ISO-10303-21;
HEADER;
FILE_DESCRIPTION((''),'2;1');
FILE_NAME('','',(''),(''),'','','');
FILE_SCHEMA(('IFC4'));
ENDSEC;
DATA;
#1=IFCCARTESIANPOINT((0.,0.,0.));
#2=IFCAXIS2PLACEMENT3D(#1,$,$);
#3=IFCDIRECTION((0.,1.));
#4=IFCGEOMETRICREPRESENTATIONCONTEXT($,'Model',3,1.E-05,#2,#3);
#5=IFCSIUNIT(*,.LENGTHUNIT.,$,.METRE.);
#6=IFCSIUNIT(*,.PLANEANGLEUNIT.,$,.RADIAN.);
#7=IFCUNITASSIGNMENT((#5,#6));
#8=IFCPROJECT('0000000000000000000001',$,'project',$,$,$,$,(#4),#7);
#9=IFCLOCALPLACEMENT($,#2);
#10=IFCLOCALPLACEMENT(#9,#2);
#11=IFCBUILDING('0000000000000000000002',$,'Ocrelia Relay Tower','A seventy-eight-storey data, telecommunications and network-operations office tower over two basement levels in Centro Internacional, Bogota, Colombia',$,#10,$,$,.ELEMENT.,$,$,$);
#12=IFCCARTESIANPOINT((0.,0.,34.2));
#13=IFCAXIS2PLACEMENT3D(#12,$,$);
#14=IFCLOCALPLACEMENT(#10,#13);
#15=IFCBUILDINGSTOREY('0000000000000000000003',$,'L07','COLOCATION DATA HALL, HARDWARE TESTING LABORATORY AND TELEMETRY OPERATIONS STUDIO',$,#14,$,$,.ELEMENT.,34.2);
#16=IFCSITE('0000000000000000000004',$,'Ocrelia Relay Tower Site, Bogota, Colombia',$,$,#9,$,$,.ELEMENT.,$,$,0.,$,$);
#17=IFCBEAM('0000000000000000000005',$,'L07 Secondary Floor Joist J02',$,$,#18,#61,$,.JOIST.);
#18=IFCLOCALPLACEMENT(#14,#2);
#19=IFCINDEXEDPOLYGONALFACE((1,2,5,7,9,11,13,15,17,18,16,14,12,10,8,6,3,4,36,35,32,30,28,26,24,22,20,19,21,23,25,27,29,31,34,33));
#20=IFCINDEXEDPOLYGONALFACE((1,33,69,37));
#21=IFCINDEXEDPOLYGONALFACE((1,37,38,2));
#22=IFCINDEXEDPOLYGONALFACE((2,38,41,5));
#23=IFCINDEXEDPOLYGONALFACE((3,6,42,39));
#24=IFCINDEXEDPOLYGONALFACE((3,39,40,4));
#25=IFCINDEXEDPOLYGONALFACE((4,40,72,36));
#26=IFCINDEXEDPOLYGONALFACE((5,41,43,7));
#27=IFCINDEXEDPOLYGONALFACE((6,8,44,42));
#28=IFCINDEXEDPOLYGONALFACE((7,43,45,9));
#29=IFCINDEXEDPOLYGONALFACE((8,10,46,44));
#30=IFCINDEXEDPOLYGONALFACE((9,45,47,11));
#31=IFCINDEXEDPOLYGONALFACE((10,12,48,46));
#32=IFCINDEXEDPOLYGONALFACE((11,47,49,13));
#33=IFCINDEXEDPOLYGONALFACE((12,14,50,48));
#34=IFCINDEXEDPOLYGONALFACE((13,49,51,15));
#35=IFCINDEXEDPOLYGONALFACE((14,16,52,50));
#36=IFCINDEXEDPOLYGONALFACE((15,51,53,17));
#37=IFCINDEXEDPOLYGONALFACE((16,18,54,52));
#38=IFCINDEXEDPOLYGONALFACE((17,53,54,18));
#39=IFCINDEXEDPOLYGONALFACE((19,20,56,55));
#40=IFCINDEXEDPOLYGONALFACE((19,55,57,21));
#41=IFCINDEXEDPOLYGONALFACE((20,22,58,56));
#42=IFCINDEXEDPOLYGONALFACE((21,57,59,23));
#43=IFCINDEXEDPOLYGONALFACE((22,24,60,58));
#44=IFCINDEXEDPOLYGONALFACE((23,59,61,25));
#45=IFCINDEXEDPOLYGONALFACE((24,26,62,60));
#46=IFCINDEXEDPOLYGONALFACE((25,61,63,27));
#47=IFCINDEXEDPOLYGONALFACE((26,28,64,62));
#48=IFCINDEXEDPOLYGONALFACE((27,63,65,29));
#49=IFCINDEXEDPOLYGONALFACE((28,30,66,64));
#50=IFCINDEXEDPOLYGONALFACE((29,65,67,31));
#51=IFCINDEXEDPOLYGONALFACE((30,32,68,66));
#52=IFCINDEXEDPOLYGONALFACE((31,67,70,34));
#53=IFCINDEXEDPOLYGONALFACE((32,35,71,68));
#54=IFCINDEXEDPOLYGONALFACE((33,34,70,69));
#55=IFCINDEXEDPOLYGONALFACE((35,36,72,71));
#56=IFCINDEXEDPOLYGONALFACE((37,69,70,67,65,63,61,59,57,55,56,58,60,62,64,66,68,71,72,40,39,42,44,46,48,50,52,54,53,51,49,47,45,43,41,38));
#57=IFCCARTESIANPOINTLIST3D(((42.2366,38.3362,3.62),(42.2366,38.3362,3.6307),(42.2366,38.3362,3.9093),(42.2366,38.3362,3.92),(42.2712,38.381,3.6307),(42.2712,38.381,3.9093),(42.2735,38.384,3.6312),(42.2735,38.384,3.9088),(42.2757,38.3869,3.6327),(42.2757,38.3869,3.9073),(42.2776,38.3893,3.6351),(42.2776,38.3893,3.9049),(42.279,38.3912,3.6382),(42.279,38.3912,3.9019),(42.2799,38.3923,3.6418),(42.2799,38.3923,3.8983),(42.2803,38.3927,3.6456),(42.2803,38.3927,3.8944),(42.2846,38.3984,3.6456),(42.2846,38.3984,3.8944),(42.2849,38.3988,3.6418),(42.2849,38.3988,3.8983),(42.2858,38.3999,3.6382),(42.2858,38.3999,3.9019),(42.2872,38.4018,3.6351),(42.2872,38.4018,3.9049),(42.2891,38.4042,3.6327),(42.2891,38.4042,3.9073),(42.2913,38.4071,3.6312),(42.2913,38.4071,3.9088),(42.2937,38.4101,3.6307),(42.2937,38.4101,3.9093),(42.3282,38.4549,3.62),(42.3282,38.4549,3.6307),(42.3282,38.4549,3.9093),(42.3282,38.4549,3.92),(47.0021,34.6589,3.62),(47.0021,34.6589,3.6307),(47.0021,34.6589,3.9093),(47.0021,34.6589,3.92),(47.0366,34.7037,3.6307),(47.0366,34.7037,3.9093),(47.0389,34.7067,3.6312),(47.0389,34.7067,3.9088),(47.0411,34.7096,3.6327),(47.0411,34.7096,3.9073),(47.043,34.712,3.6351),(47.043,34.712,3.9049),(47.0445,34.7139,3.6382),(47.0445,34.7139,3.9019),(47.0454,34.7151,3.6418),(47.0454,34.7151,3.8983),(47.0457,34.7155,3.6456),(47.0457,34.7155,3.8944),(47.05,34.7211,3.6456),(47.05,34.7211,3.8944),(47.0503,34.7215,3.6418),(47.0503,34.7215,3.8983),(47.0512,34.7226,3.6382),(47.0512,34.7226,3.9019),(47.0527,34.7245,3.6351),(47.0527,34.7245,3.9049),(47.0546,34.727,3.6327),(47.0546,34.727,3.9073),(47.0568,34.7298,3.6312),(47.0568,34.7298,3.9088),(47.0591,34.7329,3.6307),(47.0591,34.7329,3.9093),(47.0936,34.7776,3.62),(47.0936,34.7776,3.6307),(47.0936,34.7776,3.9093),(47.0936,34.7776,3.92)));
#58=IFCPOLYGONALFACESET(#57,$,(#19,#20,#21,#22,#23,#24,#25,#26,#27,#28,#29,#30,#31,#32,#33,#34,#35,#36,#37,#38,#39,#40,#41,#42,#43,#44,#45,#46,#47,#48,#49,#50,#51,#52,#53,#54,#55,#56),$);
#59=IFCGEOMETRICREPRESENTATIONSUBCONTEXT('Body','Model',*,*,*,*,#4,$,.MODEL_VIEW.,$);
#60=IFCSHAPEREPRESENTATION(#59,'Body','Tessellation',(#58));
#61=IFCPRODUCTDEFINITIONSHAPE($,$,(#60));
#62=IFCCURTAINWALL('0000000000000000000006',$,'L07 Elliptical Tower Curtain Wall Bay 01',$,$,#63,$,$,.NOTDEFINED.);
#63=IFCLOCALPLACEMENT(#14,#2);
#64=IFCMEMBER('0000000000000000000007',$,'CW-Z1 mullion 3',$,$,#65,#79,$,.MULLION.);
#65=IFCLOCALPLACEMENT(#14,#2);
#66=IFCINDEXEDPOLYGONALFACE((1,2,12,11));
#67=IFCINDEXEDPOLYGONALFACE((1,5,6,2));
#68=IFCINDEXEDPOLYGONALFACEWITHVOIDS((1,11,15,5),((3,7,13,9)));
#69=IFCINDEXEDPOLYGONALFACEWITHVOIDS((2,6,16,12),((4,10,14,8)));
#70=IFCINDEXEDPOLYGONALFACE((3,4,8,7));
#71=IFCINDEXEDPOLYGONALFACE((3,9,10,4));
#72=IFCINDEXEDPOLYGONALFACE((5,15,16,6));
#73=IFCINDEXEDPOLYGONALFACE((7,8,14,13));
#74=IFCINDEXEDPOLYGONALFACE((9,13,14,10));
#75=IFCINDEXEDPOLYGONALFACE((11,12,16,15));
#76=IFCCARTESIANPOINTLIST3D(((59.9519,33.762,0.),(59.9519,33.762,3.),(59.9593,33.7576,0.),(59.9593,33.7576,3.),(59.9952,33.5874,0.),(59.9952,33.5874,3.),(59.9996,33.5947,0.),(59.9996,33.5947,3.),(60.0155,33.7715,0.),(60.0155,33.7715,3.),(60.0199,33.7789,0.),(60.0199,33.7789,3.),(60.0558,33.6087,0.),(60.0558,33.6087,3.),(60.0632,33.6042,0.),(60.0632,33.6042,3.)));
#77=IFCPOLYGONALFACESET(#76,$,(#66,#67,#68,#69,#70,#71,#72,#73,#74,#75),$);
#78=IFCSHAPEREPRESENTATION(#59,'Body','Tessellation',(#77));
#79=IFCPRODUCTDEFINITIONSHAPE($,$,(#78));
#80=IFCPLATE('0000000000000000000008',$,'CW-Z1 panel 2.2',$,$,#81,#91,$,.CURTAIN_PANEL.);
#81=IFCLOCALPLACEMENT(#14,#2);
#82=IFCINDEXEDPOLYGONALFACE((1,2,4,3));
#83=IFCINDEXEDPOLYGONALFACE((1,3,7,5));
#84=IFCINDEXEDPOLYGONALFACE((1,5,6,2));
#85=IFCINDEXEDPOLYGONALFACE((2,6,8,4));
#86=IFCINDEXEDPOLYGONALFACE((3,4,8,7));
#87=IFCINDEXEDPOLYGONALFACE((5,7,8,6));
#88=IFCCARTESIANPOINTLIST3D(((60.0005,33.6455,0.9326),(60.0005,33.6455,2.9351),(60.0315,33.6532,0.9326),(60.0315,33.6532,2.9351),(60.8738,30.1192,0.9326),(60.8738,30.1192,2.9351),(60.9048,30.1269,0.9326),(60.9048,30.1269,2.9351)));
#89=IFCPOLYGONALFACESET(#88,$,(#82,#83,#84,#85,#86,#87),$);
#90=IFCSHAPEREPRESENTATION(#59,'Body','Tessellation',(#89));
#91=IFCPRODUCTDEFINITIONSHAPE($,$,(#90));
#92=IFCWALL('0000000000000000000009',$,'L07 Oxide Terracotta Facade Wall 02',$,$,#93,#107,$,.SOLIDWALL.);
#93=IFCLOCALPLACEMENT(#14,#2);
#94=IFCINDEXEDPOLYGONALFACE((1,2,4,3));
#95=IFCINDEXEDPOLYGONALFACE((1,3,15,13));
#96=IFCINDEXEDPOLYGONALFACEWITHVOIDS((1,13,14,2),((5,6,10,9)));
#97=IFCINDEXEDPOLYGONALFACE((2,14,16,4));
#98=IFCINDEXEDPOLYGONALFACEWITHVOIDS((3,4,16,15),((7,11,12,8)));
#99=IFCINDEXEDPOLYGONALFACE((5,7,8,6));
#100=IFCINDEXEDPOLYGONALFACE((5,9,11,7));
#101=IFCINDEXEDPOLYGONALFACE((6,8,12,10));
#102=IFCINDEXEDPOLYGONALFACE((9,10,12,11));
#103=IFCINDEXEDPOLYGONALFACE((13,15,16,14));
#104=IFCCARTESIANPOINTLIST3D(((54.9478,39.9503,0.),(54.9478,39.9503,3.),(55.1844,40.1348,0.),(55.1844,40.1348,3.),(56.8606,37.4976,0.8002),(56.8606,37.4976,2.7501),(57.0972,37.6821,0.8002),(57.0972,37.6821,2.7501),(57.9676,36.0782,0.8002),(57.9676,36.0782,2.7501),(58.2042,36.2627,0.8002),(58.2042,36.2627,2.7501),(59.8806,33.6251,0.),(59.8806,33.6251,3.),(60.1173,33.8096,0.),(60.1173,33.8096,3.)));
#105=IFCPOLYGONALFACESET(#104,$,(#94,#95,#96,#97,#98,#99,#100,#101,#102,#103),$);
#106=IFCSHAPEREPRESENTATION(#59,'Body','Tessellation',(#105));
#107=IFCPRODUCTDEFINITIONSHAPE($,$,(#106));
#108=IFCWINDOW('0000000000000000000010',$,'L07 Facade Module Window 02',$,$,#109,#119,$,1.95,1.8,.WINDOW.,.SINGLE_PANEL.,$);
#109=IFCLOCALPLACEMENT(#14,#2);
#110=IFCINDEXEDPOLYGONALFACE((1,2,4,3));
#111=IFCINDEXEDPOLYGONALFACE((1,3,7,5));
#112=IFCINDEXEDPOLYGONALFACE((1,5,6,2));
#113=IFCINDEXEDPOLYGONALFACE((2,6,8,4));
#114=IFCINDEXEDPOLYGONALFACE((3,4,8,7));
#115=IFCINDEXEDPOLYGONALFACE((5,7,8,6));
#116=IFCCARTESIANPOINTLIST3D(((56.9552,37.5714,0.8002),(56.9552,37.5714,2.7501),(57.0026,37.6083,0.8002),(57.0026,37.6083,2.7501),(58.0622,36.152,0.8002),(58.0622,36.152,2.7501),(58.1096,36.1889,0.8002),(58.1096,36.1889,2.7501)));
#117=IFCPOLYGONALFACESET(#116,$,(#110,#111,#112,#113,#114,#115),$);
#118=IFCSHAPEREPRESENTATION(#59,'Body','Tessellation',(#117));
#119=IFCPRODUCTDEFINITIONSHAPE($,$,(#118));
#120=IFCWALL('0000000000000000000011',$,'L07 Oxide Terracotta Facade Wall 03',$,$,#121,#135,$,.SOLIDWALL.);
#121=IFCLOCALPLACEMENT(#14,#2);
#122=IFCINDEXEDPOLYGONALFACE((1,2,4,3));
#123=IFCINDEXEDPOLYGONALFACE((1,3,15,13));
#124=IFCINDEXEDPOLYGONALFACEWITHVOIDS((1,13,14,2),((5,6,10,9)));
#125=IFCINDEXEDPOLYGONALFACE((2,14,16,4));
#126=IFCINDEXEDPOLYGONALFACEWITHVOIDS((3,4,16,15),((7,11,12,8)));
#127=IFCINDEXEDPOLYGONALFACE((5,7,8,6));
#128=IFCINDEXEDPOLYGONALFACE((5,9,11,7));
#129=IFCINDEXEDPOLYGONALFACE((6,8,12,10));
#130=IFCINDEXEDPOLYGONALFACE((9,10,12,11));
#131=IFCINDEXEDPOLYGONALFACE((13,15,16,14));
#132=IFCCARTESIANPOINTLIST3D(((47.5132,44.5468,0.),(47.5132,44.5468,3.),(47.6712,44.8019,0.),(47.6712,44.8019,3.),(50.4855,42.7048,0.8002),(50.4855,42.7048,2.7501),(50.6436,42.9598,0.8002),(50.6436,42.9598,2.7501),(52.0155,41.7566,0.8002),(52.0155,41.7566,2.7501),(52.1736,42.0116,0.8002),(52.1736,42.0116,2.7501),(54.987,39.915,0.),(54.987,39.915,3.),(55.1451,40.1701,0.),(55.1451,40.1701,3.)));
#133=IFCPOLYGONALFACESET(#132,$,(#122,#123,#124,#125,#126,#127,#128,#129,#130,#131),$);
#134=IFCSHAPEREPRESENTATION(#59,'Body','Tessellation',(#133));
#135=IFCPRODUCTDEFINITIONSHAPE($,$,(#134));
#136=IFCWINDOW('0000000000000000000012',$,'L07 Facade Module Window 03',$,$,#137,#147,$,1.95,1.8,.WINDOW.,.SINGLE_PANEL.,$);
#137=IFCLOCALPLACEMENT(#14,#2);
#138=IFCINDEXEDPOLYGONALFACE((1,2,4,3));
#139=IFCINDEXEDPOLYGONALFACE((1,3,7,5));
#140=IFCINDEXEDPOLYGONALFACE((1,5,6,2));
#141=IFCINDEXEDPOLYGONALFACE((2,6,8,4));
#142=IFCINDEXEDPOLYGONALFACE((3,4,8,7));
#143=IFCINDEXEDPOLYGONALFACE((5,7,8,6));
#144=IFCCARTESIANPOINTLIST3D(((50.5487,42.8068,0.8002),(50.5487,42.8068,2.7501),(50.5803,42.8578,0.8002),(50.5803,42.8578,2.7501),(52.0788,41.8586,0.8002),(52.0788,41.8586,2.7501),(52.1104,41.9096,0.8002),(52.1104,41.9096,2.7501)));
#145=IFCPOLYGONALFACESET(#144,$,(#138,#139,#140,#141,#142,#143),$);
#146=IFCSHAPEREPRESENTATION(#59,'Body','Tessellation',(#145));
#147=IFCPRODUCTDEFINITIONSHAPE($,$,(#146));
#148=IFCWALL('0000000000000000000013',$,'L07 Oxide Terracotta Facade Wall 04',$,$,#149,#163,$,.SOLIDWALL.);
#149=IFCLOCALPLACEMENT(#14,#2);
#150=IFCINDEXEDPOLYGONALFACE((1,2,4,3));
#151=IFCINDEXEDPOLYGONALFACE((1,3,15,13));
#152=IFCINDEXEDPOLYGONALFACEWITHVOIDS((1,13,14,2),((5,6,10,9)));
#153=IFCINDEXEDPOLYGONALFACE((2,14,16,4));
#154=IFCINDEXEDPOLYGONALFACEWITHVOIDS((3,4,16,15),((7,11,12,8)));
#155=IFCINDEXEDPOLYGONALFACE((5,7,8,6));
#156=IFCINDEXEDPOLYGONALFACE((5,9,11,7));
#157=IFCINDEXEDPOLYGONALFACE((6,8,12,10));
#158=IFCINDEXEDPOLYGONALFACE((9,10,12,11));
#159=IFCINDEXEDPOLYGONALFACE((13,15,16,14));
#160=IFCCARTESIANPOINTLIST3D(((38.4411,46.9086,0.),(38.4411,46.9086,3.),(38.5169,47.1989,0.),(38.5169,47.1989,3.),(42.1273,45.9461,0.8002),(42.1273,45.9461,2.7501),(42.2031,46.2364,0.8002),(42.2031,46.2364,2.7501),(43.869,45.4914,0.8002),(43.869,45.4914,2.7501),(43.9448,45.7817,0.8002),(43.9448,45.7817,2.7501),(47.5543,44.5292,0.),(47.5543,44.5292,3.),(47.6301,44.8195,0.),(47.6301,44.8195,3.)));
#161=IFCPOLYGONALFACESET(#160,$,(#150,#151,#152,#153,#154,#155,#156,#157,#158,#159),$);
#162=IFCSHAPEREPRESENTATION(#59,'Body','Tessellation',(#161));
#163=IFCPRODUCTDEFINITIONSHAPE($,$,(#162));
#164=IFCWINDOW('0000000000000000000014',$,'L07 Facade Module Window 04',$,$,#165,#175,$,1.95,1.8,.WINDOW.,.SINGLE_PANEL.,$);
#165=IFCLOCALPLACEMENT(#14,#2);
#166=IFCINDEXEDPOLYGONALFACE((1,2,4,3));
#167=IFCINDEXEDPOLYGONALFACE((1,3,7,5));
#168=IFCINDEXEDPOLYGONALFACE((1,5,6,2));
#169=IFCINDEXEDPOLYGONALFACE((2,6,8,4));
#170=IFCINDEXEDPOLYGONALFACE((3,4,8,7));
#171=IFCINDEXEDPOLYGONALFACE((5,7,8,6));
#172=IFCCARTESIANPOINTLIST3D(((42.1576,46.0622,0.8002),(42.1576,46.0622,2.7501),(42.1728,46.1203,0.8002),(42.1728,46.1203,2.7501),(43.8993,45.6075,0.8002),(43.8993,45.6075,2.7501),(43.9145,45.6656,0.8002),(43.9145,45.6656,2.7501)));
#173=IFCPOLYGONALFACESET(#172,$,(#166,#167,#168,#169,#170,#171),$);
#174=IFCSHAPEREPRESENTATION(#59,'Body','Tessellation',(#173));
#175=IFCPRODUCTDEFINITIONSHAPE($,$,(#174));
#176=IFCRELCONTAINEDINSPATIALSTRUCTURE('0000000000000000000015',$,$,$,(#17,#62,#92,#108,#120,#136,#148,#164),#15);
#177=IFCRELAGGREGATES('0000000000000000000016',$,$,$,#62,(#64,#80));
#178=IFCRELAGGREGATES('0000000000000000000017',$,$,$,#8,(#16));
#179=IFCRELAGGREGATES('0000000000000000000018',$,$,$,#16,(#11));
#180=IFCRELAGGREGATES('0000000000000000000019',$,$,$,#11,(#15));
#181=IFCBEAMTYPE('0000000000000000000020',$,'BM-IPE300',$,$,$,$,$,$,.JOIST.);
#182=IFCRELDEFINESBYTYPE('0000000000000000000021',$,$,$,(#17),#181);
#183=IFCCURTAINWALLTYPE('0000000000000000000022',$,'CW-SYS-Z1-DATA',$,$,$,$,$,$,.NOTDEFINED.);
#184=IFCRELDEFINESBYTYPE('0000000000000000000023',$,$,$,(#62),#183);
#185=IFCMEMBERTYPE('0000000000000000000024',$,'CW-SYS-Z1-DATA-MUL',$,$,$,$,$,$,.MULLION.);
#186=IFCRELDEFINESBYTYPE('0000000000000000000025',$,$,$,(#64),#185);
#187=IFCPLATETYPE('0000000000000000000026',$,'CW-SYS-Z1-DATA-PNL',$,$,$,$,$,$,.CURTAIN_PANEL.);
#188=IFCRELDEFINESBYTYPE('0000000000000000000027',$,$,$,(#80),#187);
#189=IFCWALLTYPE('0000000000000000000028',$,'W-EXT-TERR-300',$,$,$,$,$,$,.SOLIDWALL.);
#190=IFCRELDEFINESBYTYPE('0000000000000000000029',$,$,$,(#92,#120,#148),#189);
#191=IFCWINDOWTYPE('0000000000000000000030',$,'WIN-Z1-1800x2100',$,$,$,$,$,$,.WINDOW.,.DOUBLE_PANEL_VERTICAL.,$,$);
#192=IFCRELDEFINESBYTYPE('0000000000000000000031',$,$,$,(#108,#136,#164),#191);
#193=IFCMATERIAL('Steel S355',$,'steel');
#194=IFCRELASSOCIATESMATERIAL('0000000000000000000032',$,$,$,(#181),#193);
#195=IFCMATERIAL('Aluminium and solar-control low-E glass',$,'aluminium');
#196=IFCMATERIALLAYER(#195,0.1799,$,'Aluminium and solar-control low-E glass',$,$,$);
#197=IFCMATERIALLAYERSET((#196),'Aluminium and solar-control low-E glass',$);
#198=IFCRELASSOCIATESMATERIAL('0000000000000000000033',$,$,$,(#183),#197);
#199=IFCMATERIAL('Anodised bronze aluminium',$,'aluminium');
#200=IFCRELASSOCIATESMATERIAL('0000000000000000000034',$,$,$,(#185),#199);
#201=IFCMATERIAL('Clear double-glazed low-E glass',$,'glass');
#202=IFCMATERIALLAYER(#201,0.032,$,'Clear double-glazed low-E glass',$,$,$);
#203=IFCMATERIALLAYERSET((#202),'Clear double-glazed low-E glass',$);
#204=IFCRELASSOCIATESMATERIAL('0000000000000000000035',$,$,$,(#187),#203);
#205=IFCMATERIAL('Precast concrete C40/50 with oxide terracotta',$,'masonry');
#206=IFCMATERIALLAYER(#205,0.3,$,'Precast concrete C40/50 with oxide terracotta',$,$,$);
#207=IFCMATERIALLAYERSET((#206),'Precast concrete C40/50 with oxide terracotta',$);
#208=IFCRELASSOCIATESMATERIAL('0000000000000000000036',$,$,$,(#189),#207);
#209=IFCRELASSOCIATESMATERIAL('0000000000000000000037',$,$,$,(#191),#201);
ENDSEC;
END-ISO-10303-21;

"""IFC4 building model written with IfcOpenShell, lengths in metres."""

from ifc_helpers import new_model, si_unit, direction, frame, frame_2d, origin, origin_2d, place, context, subcontext, project, spatial, rectangle, hollow_rectangle, i_section, extrude, material, layer, layer_set, material_profile, profile_set, type_object, element, fill, aggregate, save


model = new_model("IFC4")

# Units and contexts
model_context = context("Model", 3, precision=1e-05, world=origin(), true_north=direction((0.0, 1.0)))
body_context = subcontext(model_context, "Body", "Model", "MODEL_VIEW")
ifc_project = project(units=[si_unit("LENGTHUNIT", "METRE"), si_unit("PLANEANGLEUNIT", "RADIAN")], contexts=[model_context])

# Site, building, storey
site_placement = place(None, origin())
site = spatial("IfcSite", under=ifc_project, at=site_placement, Name="Ocrelia Relay Tower Site, Bogota, Colombia", CompositionType="ELEMENT", RefElevation=0.0)
building_placement = place(site_placement, origin())
building = spatial("IfcBuilding", under=site, at=building_placement, Name="Ocrelia Relay Tower", Description="A seventy-eight-storey data, telecommunications and network-operations office tower over two basement levels in Centro Internacional, Bogota, Colombia", CompositionType="ELEMENT")
storey_placement = place(building_placement, frame((0.0, 0.0, 34.2)))
storey = spatial("IfcBuildingStorey", under=building, at=storey_placement, Name="L07", Description="COLOCATION DATA HALL, HARDWARE TESTING LABORATORY AND TELEMETRY OPERATIONS STUDIO", CompositionType="ELEMENT", Elevation=34.2)

# Beam
ifc_material_1 = material(Name="Steel S355", Category="steel")
ifc_material_profile_1 = material_profile(ifc_material_1, i_section(OverallWidth=0.1499, OverallDepth=0.3, WebThickness=0.0071, FlangeThickness=0.0107, FilletRadius=0.0149, at=origin_2d()), Name="IPE 300")
ifc_profile_set_1 = profile_set([ifc_material_profile_1], Name="Steel S355")
beam_type_1 = type_object("IfcBeamType", Name="BM-IPE300", PredefinedType="JOIST", material=ifc_profile_set_1)
beam_1_placement = place(storey_placement, frame((47.0479, 34.7183, 3.77), z_axis=(-0.791694, 0.610918, 0.0), x_axis=(-0.610918, -0.791694, 0.0)))
element("IfcBeam", 1, at=beam_1_placement, inside=storey, type_object=beam_type_1, Name="L07 Secondary Floor Joist J02", PredefinedType="JOIST", context=body_context, shape_type="SweptSolid", body=[
    extrude(i_section(OverallWidth=0.1499, OverallDepth=0.3, WebThickness=0.0071, FlangeThickness=0.0107, FilletRadius=0.0149, at=origin_2d()), origin(), (0.0, 0.0, 1.0), 6.0193),
])

# Curtain wall, member, plate
ifc_material_2 = material(Name="Aluminium and solar-control low-E glass", Category="aluminium")
ifc_layer_1 = layer(ifc_material_2, 0.1799, Name="Aluminium and solar-control low-E glass")
ifc_layer_set_1 = layer_set([ifc_layer_1], Name="Aluminium and solar-control low-E glass")
curtain_wall_type = type_object("IfcCurtainWallType", Name="CW-SYS-Z1-DATA", PredefinedType="NOTDEFINED", material=ifc_layer_set_1)
curtain_wall_placement = place(storey_placement, origin())
curtain_wall = element("IfcCurtainWall", 2, at=curtain_wall_placement, inside=storey, type_object=curtain_wall_type, Name="L07 Elliptical Tower Curtain Wall Bay 01", PredefinedType="NOTDEFINED")
ifc_material_3 = material(Name="Anodised bronze aluminium", Category="aluminium")
ifc_material_profile_2 = material_profile(ifc_material_3, hollow_rectangle(XDim=0.0701, YDim=0.1799, WallThickness=0.0061, at=origin_2d()), Name="CW-MUL-180x70")
ifc_profile_set_2 = profile_set([ifc_material_profile_2], Name="Anodised bronze aluminium")
member_type = type_object("IfcMemberType", Name="CW-SYS-Z1-DATA-MUL", PredefinedType="MULLION", material=ifc_profile_set_2)
member_placement = place(storey_placement, frame((60.0076, 33.6831, 0.0), z_axis=(0.0, 0.0, 1.0), x_axis=(-0.970674, -0.240398, 0.0)))
member = element("IfcMember", 3, at=member_placement, type_object=member_type, Name="CW-Z1 mullion 3", PredefinedType="MULLION", context=body_context, shape_type="SweptSolid", body=[
    extrude(hollow_rectangle(XDim=0.0701, YDim=0.1799, WallThickness=0.0061, at=origin_2d()), origin(), (0.0, 0.0, 1.0), 3.0),
])
ifc_material_4 = material(Name="Clear double-glazed low-E glass", Category="glass")
ifc_layer_2 = layer(ifc_material_4, 0.032, Name="Clear double-glazed low-E glass")
ifc_layer_set_2 = layer_set([ifc_layer_2], Name="Clear double-glazed low-E glass")
plate_type = type_object("IfcPlateType", Name="CW-SYS-Z1-DATA-PNL", PredefinedType="CURTAIN_PANEL", material=ifc_layer_set_2)
plate_placement = place(storey_placement, frame((60.4526, 31.8862, 0.9326), z_axis=(0.0, 0.0, 1.0), x_axis=(-0.240398, 0.970674, 0.0)))
plate = element("IfcPlate", 4, at=plate_placement, type_object=plate_type, Name="CW-Z1 panel 2.2", PredefinedType="CURTAIN_PANEL", context=body_context, shape_type="SweptSolid", body=[
    extrude(rectangle(XDim=3.6328, YDim=0.032, at=origin_2d()), origin(), (0.0, 0.0, 1.0), 2.0024),
])
aggregate(curtain_wall, [member, plate])

# Walls, openings, windows
ifc_material_5 = material(Name="Precast concrete C40/50 with oxide terracotta", Category="masonry")
ifc_layer_3 = layer(ifc_material_5, 0.3, Name="Precast concrete C40/50 with oxide terracotta")
ifc_layer_set_3 = layer_set([ifc_layer_3], Name="Precast concrete C40/50 with oxide terracotta")
wall_type = type_object("IfcWallType", Name="W-EXT-TERR-300", PredefinedType="SOLIDWALL", material=ifc_layer_set_3)
wall_1_placement = place(storey_placement, frame((59.999, 33.7173, 0.0), z_axis=(0.0, 0.0, 1.0), x_axis=(-0.61497, 0.78855, 0.0)))
wall_1 = element("IfcWall", 5, at=wall_1_placement, inside=storey, type_object=wall_type, Name="L07 Oxide Terracotta Facade Wall 02", PredefinedType="SOLIDWALL", context=body_context, shape_type="SweptSolid", body=[
    extrude(rectangle(XDim=8.0212, YDim=0.3, at=frame_2d((4.0107, 0.0))), origin(), (0.0, 0.0, 1.0), 3.0),
])
opening_1_placement = place(wall_1_placement, frame((3.1111, 0.0, 0.8)))
opening_1 = element("IfcOpeningElement", 6, at=opening_1_placement, cuts=wall_1, PredefinedType="OPENING", context=body_context, shape_type="SweptSolid", body=[
    extrude(rectangle(XDim=1.8, YDim=1.95, at=frame_2d((0.8999, 0.9751))), frame((0.0, 0.1602, 0.0), z_axis=(0.0, -1.0, 0.0), x_axis=(1.0, 0.0, 0.0)), (0.0, 0.0, 1.0), 0.3201),
])
window_type = type_object("IfcWindowType", Name="WIN-Z1-1800x2100", PartitioningType="DOUBLE_PANEL_VERTICAL", PredefinedType="WINDOW", material=ifc_material_4)
window_1_placement = place(opening_1_placement, origin())
window_1 = element("IfcWindow", 7, at=window_1_placement, inside=storey, type_object=window_type, Name="L07 Facade Module Window 02", OverallHeight=1.95, OverallWidth=1.8, PartitioningType="SINGLE_PANEL", PredefinedType="WINDOW", context=body_context, shape_type="SweptSolid", body=[
    extrude(rectangle(XDim=1.8, YDim=1.95, at=frame_2d((0.8999, 0.9751))), frame((0.0, 0.03, 0.0), z_axis=(0.0, -1.0, 0.0), x_axis=(1.0, 0.0, 0.0)), (0.0, 0.0, 1.0), 0.0601),
])
fill(opening_1, window_1)
wall_2_placement = place(storey_placement, frame((55.0662, 40.0425, 0.0), z_axis=(0.0, 0.0, 1.0), x_axis=(-0.850003, 0.526778, 0.0)))
wall_2 = element("IfcWall", 8, at=wall_2_placement, inside=storey, type_object=wall_type, Name="L07 Oxide Terracotta Facade Wall 03", PredefinedType="SOLIDWALL", context=body_context, shape_type="SweptSolid", body=[
    extrude(rectangle(XDim=8.7927, YDim=0.3, at=frame_2d((4.3965, 0.0))), origin(), (0.0, 0.0, 1.0), 3.0),
])
opening_2_placement = place(wall_2_placement, frame((3.4961, 0.0, 0.8)))
opening_2 = element("IfcOpeningElement", 9, at=opening_2_placement, cuts=wall_2, PredefinedType="OPENING", context=body_context, shape_type="SweptSolid", body=[
    extrude(rectangle(XDim=1.8, YDim=1.95, at=frame_2d((0.8999, 0.9751))), frame((0.0, 0.1602, 0.0), z_axis=(0.0, -1.0, 0.0), x_axis=(1.0, 0.0, 0.0)), (0.0, 0.0, 1.0), 0.3201),
])
window_2_placement = place(opening_2_placement, origin())
window_2 = element("IfcWindow", 10, at=window_2_placement, inside=storey, type_object=window_type, Name="L07 Facade Module Window 03", OverallHeight=1.95, OverallWidth=1.8, PartitioningType="SINGLE_PANEL", PredefinedType="WINDOW", context=body_context, shape_type="SweptSolid", body=[
    extrude(rectangle(XDim=1.8, YDim=1.95, at=frame_2d((0.8999, 0.9751))), frame((0.0, 0.03, 0.0), z_axis=(0.0, -1.0, 0.0), x_axis=(1.0, 0.0, 0.0)), (0.0, 0.0, 1.0), 0.0601),
])
fill(opening_2, window_2)
wall_3_placement = place(storey_placement, frame((47.5923, 44.6743, 0.0), z_axis=(0.0, 0.0, 1.0), x_axis=(-0.967565, 0.252622, 0.0)))
wall_3 = element("IfcWall", 11, at=wall_3_placement, inside=storey, type_object=wall_type, Name="L07 Oxide Terracotta Facade Wall 04", PredefinedType="SOLIDWALL", context=body_context, shape_type="SweptSolid", body=[
    extrude(rectangle(XDim=9.4187, YDim=0.3, at=frame_2d((4.7095, 0.0))), origin(), (0.0, 0.0, 1.0), 3.0),
])
opening_3_placement = place(wall_3_placement, frame((3.8091, 0.0, 0.8)))
opening_3 = element("IfcOpeningElement", 12, at=opening_3_placement, cuts=wall_3, PredefinedType="OPENING", context=body_context, shape_type="SweptSolid", body=[
    extrude(rectangle(XDim=1.8, YDim=1.95, at=frame_2d((0.8999, 0.9751))), frame((0.0, 0.1602, 0.0), z_axis=(0.0, -1.0, 0.0), x_axis=(1.0, 0.0, 0.0)), (0.0, 0.0, 1.0), 0.3201),
])
window_3_placement = place(opening_3_placement, origin())
window_3 = element("IfcWindow", 13, at=window_3_placement, inside=storey, type_object=window_type, Name="L07 Facade Module Window 04", OverallHeight=1.95, OverallWidth=1.8, PartitioningType="SINGLE_PANEL", PredefinedType="WINDOW", context=body_context, shape_type="SweptSolid", body=[
    extrude(rectangle(XDim=1.8, YDim=1.95, at=frame_2d((0.8999, 0.9751))), frame((0.0, 0.03, 0.0), z_axis=(0.0, -1.0, 0.0), x_axis=(1.0, 0.0, 0.0)), (0.0, 0.0, 1.0), 0.0601),
])
fill(opening_3, window_3)

save(model, "model.ifc")
